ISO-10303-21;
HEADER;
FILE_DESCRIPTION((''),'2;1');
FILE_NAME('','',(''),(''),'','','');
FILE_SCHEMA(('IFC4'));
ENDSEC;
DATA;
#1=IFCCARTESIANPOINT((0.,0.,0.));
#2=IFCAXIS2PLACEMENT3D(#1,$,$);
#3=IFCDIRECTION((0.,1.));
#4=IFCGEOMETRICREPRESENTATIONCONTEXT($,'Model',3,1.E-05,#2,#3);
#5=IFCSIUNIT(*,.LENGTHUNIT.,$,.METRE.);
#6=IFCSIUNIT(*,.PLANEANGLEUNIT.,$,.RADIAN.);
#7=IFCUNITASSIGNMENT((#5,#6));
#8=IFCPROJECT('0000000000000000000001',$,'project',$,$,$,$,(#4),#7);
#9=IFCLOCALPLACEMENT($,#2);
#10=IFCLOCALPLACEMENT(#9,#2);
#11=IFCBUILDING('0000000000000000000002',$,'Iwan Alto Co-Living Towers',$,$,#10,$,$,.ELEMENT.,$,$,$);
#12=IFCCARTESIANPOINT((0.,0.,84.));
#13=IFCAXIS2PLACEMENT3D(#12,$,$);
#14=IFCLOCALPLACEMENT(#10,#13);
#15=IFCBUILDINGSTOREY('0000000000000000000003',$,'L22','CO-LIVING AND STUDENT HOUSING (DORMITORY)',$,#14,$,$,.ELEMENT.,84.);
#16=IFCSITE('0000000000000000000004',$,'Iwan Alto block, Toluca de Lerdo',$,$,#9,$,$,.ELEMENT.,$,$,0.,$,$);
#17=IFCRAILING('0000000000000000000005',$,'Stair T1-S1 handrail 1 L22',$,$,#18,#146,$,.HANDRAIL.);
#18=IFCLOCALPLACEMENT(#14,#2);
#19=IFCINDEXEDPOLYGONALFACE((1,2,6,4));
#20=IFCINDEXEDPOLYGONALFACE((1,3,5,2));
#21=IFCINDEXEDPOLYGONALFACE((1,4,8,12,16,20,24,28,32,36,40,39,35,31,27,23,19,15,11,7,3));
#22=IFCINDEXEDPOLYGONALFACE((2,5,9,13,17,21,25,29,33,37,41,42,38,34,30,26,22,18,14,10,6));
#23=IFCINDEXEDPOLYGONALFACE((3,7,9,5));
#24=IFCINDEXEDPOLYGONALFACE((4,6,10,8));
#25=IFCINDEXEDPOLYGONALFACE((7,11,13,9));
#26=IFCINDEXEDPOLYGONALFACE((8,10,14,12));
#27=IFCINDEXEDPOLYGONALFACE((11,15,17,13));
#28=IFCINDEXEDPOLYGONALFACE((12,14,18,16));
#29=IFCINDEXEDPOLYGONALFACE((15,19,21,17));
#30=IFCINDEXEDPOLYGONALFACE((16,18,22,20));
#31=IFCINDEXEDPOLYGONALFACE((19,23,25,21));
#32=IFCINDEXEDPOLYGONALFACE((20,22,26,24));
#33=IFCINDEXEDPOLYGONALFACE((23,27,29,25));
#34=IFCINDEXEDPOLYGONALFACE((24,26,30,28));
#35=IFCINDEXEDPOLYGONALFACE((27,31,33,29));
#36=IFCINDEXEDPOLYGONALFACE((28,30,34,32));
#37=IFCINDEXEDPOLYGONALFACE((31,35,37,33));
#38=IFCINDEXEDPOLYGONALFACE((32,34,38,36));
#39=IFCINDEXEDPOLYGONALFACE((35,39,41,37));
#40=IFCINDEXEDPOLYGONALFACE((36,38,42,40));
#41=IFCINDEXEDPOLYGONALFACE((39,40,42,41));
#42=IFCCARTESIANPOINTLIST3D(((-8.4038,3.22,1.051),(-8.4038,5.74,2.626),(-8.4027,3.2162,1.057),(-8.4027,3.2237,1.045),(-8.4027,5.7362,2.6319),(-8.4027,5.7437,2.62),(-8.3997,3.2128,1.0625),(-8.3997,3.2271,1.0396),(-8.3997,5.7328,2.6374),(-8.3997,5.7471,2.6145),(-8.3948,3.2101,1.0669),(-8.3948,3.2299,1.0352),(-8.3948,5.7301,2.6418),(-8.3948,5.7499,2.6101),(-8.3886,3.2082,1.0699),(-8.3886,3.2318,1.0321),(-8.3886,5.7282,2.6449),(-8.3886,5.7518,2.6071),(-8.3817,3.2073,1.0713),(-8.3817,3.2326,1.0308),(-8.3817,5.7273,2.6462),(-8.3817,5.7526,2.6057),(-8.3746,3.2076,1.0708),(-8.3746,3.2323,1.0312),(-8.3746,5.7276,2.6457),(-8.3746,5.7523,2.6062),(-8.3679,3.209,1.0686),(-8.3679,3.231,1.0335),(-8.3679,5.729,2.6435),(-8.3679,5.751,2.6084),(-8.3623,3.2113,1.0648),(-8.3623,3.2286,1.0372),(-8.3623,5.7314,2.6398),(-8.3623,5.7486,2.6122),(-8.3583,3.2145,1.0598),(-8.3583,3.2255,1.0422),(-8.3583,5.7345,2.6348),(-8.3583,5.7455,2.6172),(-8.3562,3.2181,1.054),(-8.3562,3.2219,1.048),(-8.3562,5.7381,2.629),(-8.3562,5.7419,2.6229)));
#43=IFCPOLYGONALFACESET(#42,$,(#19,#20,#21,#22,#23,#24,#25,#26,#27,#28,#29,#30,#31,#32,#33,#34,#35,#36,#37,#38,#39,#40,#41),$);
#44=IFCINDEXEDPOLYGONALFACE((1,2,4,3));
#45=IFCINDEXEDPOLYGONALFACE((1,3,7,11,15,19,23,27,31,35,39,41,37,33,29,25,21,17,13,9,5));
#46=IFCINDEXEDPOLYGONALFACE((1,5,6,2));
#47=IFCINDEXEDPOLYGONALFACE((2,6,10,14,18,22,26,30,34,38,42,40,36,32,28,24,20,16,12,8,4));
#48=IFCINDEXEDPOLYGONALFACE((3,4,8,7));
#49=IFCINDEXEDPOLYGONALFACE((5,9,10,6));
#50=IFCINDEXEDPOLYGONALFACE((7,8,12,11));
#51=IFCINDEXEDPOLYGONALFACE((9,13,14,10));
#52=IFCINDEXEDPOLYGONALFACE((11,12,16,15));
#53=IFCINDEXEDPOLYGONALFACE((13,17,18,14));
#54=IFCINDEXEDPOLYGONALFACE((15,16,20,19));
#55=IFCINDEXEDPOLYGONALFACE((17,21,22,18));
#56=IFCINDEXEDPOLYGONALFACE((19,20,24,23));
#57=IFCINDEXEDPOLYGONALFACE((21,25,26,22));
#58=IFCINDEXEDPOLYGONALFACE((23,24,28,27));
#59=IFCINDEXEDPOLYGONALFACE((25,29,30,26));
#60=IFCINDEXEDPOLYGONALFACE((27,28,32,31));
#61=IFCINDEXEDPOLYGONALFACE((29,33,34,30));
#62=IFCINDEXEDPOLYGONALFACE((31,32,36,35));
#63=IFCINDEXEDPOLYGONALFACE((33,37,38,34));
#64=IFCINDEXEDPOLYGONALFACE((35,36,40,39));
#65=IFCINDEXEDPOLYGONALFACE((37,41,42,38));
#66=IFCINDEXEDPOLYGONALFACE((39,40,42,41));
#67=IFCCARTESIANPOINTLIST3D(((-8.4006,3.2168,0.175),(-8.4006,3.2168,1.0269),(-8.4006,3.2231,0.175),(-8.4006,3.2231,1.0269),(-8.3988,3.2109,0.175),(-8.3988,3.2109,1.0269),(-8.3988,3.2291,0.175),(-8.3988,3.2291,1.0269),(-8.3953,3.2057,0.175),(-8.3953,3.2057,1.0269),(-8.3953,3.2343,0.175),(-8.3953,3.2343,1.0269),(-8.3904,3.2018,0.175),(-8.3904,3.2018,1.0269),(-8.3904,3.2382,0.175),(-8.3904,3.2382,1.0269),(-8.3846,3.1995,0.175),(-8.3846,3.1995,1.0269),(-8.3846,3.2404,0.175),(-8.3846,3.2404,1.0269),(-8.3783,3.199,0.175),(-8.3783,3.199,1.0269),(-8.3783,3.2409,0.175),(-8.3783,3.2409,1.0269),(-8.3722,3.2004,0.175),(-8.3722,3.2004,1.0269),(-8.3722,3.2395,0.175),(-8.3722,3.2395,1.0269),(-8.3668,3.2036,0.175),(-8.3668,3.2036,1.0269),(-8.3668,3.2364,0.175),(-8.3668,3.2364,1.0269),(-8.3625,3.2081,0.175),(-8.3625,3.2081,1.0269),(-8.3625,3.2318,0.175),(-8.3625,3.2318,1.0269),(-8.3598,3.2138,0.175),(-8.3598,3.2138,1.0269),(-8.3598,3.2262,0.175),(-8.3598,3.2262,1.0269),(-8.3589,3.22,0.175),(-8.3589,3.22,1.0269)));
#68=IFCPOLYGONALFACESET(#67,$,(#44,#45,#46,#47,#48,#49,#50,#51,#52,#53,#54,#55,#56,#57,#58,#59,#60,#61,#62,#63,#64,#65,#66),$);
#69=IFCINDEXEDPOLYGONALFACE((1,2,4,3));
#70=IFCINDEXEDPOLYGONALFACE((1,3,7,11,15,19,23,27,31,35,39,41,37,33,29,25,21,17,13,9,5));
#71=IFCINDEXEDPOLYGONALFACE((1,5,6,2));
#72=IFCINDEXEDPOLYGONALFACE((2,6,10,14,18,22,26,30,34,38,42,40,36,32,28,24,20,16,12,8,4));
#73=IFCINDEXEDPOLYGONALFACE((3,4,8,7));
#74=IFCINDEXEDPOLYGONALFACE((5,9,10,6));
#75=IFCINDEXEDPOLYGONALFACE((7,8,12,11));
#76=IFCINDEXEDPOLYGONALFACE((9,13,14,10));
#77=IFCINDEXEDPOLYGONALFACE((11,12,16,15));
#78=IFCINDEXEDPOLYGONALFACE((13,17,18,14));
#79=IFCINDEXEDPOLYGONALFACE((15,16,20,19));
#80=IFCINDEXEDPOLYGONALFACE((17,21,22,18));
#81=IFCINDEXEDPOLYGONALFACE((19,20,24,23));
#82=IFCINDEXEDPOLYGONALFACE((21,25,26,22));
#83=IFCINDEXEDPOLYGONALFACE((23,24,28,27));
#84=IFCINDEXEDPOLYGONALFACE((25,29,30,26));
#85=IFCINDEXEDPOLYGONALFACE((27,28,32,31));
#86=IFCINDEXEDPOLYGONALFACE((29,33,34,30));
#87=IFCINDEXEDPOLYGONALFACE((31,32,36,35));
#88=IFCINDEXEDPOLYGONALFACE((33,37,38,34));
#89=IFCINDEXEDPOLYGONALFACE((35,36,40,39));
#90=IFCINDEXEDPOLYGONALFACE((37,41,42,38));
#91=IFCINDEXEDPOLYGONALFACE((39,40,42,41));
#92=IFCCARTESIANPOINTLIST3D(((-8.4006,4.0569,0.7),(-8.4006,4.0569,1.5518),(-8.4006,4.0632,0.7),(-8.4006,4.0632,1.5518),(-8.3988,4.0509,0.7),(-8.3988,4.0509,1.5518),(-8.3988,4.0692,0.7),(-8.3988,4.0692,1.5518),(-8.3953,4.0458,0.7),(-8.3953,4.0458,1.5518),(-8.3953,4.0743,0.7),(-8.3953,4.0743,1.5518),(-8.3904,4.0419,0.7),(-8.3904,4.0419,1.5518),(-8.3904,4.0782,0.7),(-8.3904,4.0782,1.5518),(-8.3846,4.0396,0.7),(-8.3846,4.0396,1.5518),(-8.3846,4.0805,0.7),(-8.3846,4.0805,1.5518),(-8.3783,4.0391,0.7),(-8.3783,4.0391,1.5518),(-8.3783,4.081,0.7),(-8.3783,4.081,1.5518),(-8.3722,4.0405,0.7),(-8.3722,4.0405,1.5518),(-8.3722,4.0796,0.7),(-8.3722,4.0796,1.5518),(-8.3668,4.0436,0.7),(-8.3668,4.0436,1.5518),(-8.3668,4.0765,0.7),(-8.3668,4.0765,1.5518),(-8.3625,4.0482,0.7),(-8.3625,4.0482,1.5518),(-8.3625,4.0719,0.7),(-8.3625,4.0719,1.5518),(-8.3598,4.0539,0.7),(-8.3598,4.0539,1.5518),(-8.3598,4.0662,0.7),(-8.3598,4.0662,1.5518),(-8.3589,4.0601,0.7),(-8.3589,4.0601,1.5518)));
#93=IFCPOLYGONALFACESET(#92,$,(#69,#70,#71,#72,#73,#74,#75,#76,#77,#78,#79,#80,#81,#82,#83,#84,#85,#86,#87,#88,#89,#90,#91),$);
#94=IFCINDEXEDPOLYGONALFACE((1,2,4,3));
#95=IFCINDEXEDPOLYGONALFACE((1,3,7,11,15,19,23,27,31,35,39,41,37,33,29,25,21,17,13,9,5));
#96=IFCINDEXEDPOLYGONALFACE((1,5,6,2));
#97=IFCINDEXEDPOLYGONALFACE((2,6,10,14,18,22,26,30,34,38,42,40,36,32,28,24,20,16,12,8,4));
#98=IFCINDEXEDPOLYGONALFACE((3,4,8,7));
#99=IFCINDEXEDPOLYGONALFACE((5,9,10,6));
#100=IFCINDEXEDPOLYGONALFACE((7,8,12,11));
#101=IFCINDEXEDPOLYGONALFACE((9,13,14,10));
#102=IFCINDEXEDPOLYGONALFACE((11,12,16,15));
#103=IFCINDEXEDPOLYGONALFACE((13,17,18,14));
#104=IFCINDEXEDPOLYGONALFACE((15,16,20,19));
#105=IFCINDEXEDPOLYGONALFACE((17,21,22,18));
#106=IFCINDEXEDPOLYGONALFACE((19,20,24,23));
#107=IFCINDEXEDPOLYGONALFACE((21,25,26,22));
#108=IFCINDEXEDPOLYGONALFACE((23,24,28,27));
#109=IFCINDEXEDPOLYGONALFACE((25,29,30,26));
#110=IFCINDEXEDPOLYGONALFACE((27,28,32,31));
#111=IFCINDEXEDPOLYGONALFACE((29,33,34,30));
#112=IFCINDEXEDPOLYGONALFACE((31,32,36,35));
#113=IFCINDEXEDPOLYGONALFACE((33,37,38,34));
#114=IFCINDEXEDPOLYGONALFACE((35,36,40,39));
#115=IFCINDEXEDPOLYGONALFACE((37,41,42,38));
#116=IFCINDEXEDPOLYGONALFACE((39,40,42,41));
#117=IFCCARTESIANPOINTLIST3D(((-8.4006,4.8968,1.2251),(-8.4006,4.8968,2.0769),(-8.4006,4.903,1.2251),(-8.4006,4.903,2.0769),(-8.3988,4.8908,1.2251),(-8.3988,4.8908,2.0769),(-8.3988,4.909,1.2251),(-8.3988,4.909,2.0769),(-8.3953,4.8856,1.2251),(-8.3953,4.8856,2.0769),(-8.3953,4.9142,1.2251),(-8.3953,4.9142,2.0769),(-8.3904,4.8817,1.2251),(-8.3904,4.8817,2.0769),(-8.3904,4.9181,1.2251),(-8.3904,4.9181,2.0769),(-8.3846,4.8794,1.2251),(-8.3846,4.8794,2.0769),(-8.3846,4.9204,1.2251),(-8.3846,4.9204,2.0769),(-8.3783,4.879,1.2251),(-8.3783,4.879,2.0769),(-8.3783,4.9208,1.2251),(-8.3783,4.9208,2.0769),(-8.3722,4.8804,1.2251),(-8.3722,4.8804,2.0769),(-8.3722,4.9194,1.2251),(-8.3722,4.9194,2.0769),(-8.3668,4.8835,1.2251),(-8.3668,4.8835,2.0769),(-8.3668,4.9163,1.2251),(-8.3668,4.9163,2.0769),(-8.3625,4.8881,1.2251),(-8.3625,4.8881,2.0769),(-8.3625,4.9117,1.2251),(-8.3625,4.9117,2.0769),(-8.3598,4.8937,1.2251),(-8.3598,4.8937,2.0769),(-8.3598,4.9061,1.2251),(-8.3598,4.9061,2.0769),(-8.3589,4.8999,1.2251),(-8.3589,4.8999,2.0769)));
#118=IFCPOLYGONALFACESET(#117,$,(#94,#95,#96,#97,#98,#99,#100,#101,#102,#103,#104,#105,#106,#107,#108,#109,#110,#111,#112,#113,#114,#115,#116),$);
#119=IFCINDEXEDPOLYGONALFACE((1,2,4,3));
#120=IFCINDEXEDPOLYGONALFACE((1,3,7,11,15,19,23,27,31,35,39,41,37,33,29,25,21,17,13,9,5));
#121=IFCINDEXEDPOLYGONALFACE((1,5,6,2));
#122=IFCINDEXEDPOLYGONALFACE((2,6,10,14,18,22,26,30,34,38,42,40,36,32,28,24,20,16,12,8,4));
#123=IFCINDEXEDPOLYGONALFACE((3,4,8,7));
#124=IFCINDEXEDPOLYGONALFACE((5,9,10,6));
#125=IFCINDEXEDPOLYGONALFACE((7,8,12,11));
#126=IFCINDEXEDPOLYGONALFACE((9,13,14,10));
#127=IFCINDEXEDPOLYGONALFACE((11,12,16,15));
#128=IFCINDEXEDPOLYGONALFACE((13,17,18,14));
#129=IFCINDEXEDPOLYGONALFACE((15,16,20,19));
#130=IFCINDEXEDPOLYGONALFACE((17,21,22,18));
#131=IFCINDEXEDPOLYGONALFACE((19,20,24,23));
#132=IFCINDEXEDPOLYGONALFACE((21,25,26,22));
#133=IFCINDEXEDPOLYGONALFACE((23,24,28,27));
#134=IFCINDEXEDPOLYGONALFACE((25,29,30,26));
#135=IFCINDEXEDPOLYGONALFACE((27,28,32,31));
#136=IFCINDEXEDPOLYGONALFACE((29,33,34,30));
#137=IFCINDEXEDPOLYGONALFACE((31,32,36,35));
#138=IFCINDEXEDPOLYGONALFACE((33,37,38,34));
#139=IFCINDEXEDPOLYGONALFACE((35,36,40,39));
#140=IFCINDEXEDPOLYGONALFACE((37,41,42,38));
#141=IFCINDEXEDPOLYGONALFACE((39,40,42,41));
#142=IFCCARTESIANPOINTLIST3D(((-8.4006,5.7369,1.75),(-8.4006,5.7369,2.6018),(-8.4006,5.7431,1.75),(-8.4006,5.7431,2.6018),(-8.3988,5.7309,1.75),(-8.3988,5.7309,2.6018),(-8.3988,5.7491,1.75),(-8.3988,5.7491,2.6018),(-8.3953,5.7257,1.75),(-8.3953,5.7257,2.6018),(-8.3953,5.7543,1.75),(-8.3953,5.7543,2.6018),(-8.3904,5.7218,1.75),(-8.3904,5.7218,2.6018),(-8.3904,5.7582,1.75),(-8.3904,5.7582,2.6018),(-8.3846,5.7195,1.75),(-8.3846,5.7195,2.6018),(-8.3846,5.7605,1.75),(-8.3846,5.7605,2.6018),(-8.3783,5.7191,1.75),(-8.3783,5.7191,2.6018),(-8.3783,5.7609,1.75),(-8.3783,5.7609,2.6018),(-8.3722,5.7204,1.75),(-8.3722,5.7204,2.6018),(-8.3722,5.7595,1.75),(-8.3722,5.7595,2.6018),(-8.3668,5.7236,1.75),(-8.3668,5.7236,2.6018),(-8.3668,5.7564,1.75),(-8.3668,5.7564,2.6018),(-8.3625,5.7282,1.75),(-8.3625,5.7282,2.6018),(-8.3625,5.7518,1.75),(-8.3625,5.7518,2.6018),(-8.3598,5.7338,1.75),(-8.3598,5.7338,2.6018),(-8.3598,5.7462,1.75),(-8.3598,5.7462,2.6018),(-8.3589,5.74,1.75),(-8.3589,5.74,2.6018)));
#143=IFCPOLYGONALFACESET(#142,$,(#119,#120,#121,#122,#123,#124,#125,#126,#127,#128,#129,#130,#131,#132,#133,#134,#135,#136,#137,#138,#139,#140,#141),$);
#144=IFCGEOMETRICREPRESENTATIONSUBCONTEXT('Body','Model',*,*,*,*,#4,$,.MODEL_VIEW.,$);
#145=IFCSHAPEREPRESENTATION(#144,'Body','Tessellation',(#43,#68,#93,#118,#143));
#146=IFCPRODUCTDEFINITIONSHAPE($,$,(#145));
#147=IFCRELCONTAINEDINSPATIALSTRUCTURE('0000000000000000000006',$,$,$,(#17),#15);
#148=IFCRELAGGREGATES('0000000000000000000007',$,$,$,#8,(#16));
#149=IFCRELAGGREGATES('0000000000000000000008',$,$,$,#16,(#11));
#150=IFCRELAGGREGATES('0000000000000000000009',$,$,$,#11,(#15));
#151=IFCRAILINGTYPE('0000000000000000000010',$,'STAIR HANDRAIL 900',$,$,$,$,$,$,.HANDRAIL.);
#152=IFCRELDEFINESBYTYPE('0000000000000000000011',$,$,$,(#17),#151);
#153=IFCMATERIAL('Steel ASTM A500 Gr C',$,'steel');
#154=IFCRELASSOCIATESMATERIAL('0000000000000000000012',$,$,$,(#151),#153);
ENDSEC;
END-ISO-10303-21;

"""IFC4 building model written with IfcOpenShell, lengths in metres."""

from ifc_helpers import new_model, si_unit, direction, frame, origin, origin_2d, place, context, subcontext, project, spatial, circle, extrude, material, type_object, element, save


model = new_model("IFC4")

# Units and contexts
model_context = context("Model", 3, precision=1e-05, world=origin(), true_north=direction((0.0, 1.0)))
body_context = subcontext(model_context, "Body", "Model", "MODEL_VIEW")
ifc_project = project(units=[si_unit("LENGTHUNIT", "METRE"), si_unit("PLANEANGLEUNIT", "RADIAN")], contexts=[model_context])

# Site, building, storey
site_placement = place(None, origin())
site = spatial("IfcSite", under=ifc_project, at=site_placement, Name="Iwan Alto block, Toluca de Lerdo", CompositionType="ELEMENT", RefElevation=0.0)
building_placement = place(site_placement, origin())
building = spatial("IfcBuilding", under=site, at=building_placement, Name="Iwan Alto Co-Living Towers", CompositionType="ELEMENT")
storey_placement = place(building_placement, frame((0.0, 0.0, 84.0)))
storey = spatial("IfcBuildingStorey", under=building, at=storey_placement, Name="L22", Description="CO-LIVING AND STUDENT HOUSING (DORMITORY)", CompositionType="ELEMENT", Elevation=84.0)

# Railing
ifc_material_1 = material(Name="Steel ASTM A500 Gr C", Category="steel")
railing_type_1 = type_object("IfcRailingType", Name="STAIR HANDRAIL 900", PredefinedType="HANDRAIL", material=ifc_material_1)
railing_1_placement = place(storey_placement, frame((-8.3799, 3.22, 0.175)))
element("IfcRailing", 1, at=railing_1_placement, inside=storey, type_object=railing_type_1, Name="Stair T1-S1 handrail 1 L22", PredefinedType="HANDRAIL", context=body_context, shape_type="SweptSolid", body=[
    extrude(circle(Radius=0.0239, at=origin_2d()), frame((0.0, 0.0, 0.876), z_axis=(0.0, 0.848008, 0.529984), x_axis=(-1.0, 0.0, 0.0)), (0.0, 0.0, 1.0), 2.9717),
    extrude(circle(Radius=0.021, at=origin_2d()), origin(), (0.0, 0.0, 1.0), 0.8518),
    extrude(circle(Radius=0.021, at=origin_2d()), frame((0.0, 0.8401, 0.5249)), (0.0, 0.0, 1.0), 0.8518),
    extrude(circle(Radius=0.021, at=origin_2d()), frame((0.0, 1.6799, 1.05)), (0.0, 0.0, 1.0), 0.8518),
    extrude(circle(Radius=0.021, at=origin_2d()), frame((0.0, 2.52, 1.575)), (0.0, 0.0, 1.0), 0.8518),
])

save(model, "model.ifc")
